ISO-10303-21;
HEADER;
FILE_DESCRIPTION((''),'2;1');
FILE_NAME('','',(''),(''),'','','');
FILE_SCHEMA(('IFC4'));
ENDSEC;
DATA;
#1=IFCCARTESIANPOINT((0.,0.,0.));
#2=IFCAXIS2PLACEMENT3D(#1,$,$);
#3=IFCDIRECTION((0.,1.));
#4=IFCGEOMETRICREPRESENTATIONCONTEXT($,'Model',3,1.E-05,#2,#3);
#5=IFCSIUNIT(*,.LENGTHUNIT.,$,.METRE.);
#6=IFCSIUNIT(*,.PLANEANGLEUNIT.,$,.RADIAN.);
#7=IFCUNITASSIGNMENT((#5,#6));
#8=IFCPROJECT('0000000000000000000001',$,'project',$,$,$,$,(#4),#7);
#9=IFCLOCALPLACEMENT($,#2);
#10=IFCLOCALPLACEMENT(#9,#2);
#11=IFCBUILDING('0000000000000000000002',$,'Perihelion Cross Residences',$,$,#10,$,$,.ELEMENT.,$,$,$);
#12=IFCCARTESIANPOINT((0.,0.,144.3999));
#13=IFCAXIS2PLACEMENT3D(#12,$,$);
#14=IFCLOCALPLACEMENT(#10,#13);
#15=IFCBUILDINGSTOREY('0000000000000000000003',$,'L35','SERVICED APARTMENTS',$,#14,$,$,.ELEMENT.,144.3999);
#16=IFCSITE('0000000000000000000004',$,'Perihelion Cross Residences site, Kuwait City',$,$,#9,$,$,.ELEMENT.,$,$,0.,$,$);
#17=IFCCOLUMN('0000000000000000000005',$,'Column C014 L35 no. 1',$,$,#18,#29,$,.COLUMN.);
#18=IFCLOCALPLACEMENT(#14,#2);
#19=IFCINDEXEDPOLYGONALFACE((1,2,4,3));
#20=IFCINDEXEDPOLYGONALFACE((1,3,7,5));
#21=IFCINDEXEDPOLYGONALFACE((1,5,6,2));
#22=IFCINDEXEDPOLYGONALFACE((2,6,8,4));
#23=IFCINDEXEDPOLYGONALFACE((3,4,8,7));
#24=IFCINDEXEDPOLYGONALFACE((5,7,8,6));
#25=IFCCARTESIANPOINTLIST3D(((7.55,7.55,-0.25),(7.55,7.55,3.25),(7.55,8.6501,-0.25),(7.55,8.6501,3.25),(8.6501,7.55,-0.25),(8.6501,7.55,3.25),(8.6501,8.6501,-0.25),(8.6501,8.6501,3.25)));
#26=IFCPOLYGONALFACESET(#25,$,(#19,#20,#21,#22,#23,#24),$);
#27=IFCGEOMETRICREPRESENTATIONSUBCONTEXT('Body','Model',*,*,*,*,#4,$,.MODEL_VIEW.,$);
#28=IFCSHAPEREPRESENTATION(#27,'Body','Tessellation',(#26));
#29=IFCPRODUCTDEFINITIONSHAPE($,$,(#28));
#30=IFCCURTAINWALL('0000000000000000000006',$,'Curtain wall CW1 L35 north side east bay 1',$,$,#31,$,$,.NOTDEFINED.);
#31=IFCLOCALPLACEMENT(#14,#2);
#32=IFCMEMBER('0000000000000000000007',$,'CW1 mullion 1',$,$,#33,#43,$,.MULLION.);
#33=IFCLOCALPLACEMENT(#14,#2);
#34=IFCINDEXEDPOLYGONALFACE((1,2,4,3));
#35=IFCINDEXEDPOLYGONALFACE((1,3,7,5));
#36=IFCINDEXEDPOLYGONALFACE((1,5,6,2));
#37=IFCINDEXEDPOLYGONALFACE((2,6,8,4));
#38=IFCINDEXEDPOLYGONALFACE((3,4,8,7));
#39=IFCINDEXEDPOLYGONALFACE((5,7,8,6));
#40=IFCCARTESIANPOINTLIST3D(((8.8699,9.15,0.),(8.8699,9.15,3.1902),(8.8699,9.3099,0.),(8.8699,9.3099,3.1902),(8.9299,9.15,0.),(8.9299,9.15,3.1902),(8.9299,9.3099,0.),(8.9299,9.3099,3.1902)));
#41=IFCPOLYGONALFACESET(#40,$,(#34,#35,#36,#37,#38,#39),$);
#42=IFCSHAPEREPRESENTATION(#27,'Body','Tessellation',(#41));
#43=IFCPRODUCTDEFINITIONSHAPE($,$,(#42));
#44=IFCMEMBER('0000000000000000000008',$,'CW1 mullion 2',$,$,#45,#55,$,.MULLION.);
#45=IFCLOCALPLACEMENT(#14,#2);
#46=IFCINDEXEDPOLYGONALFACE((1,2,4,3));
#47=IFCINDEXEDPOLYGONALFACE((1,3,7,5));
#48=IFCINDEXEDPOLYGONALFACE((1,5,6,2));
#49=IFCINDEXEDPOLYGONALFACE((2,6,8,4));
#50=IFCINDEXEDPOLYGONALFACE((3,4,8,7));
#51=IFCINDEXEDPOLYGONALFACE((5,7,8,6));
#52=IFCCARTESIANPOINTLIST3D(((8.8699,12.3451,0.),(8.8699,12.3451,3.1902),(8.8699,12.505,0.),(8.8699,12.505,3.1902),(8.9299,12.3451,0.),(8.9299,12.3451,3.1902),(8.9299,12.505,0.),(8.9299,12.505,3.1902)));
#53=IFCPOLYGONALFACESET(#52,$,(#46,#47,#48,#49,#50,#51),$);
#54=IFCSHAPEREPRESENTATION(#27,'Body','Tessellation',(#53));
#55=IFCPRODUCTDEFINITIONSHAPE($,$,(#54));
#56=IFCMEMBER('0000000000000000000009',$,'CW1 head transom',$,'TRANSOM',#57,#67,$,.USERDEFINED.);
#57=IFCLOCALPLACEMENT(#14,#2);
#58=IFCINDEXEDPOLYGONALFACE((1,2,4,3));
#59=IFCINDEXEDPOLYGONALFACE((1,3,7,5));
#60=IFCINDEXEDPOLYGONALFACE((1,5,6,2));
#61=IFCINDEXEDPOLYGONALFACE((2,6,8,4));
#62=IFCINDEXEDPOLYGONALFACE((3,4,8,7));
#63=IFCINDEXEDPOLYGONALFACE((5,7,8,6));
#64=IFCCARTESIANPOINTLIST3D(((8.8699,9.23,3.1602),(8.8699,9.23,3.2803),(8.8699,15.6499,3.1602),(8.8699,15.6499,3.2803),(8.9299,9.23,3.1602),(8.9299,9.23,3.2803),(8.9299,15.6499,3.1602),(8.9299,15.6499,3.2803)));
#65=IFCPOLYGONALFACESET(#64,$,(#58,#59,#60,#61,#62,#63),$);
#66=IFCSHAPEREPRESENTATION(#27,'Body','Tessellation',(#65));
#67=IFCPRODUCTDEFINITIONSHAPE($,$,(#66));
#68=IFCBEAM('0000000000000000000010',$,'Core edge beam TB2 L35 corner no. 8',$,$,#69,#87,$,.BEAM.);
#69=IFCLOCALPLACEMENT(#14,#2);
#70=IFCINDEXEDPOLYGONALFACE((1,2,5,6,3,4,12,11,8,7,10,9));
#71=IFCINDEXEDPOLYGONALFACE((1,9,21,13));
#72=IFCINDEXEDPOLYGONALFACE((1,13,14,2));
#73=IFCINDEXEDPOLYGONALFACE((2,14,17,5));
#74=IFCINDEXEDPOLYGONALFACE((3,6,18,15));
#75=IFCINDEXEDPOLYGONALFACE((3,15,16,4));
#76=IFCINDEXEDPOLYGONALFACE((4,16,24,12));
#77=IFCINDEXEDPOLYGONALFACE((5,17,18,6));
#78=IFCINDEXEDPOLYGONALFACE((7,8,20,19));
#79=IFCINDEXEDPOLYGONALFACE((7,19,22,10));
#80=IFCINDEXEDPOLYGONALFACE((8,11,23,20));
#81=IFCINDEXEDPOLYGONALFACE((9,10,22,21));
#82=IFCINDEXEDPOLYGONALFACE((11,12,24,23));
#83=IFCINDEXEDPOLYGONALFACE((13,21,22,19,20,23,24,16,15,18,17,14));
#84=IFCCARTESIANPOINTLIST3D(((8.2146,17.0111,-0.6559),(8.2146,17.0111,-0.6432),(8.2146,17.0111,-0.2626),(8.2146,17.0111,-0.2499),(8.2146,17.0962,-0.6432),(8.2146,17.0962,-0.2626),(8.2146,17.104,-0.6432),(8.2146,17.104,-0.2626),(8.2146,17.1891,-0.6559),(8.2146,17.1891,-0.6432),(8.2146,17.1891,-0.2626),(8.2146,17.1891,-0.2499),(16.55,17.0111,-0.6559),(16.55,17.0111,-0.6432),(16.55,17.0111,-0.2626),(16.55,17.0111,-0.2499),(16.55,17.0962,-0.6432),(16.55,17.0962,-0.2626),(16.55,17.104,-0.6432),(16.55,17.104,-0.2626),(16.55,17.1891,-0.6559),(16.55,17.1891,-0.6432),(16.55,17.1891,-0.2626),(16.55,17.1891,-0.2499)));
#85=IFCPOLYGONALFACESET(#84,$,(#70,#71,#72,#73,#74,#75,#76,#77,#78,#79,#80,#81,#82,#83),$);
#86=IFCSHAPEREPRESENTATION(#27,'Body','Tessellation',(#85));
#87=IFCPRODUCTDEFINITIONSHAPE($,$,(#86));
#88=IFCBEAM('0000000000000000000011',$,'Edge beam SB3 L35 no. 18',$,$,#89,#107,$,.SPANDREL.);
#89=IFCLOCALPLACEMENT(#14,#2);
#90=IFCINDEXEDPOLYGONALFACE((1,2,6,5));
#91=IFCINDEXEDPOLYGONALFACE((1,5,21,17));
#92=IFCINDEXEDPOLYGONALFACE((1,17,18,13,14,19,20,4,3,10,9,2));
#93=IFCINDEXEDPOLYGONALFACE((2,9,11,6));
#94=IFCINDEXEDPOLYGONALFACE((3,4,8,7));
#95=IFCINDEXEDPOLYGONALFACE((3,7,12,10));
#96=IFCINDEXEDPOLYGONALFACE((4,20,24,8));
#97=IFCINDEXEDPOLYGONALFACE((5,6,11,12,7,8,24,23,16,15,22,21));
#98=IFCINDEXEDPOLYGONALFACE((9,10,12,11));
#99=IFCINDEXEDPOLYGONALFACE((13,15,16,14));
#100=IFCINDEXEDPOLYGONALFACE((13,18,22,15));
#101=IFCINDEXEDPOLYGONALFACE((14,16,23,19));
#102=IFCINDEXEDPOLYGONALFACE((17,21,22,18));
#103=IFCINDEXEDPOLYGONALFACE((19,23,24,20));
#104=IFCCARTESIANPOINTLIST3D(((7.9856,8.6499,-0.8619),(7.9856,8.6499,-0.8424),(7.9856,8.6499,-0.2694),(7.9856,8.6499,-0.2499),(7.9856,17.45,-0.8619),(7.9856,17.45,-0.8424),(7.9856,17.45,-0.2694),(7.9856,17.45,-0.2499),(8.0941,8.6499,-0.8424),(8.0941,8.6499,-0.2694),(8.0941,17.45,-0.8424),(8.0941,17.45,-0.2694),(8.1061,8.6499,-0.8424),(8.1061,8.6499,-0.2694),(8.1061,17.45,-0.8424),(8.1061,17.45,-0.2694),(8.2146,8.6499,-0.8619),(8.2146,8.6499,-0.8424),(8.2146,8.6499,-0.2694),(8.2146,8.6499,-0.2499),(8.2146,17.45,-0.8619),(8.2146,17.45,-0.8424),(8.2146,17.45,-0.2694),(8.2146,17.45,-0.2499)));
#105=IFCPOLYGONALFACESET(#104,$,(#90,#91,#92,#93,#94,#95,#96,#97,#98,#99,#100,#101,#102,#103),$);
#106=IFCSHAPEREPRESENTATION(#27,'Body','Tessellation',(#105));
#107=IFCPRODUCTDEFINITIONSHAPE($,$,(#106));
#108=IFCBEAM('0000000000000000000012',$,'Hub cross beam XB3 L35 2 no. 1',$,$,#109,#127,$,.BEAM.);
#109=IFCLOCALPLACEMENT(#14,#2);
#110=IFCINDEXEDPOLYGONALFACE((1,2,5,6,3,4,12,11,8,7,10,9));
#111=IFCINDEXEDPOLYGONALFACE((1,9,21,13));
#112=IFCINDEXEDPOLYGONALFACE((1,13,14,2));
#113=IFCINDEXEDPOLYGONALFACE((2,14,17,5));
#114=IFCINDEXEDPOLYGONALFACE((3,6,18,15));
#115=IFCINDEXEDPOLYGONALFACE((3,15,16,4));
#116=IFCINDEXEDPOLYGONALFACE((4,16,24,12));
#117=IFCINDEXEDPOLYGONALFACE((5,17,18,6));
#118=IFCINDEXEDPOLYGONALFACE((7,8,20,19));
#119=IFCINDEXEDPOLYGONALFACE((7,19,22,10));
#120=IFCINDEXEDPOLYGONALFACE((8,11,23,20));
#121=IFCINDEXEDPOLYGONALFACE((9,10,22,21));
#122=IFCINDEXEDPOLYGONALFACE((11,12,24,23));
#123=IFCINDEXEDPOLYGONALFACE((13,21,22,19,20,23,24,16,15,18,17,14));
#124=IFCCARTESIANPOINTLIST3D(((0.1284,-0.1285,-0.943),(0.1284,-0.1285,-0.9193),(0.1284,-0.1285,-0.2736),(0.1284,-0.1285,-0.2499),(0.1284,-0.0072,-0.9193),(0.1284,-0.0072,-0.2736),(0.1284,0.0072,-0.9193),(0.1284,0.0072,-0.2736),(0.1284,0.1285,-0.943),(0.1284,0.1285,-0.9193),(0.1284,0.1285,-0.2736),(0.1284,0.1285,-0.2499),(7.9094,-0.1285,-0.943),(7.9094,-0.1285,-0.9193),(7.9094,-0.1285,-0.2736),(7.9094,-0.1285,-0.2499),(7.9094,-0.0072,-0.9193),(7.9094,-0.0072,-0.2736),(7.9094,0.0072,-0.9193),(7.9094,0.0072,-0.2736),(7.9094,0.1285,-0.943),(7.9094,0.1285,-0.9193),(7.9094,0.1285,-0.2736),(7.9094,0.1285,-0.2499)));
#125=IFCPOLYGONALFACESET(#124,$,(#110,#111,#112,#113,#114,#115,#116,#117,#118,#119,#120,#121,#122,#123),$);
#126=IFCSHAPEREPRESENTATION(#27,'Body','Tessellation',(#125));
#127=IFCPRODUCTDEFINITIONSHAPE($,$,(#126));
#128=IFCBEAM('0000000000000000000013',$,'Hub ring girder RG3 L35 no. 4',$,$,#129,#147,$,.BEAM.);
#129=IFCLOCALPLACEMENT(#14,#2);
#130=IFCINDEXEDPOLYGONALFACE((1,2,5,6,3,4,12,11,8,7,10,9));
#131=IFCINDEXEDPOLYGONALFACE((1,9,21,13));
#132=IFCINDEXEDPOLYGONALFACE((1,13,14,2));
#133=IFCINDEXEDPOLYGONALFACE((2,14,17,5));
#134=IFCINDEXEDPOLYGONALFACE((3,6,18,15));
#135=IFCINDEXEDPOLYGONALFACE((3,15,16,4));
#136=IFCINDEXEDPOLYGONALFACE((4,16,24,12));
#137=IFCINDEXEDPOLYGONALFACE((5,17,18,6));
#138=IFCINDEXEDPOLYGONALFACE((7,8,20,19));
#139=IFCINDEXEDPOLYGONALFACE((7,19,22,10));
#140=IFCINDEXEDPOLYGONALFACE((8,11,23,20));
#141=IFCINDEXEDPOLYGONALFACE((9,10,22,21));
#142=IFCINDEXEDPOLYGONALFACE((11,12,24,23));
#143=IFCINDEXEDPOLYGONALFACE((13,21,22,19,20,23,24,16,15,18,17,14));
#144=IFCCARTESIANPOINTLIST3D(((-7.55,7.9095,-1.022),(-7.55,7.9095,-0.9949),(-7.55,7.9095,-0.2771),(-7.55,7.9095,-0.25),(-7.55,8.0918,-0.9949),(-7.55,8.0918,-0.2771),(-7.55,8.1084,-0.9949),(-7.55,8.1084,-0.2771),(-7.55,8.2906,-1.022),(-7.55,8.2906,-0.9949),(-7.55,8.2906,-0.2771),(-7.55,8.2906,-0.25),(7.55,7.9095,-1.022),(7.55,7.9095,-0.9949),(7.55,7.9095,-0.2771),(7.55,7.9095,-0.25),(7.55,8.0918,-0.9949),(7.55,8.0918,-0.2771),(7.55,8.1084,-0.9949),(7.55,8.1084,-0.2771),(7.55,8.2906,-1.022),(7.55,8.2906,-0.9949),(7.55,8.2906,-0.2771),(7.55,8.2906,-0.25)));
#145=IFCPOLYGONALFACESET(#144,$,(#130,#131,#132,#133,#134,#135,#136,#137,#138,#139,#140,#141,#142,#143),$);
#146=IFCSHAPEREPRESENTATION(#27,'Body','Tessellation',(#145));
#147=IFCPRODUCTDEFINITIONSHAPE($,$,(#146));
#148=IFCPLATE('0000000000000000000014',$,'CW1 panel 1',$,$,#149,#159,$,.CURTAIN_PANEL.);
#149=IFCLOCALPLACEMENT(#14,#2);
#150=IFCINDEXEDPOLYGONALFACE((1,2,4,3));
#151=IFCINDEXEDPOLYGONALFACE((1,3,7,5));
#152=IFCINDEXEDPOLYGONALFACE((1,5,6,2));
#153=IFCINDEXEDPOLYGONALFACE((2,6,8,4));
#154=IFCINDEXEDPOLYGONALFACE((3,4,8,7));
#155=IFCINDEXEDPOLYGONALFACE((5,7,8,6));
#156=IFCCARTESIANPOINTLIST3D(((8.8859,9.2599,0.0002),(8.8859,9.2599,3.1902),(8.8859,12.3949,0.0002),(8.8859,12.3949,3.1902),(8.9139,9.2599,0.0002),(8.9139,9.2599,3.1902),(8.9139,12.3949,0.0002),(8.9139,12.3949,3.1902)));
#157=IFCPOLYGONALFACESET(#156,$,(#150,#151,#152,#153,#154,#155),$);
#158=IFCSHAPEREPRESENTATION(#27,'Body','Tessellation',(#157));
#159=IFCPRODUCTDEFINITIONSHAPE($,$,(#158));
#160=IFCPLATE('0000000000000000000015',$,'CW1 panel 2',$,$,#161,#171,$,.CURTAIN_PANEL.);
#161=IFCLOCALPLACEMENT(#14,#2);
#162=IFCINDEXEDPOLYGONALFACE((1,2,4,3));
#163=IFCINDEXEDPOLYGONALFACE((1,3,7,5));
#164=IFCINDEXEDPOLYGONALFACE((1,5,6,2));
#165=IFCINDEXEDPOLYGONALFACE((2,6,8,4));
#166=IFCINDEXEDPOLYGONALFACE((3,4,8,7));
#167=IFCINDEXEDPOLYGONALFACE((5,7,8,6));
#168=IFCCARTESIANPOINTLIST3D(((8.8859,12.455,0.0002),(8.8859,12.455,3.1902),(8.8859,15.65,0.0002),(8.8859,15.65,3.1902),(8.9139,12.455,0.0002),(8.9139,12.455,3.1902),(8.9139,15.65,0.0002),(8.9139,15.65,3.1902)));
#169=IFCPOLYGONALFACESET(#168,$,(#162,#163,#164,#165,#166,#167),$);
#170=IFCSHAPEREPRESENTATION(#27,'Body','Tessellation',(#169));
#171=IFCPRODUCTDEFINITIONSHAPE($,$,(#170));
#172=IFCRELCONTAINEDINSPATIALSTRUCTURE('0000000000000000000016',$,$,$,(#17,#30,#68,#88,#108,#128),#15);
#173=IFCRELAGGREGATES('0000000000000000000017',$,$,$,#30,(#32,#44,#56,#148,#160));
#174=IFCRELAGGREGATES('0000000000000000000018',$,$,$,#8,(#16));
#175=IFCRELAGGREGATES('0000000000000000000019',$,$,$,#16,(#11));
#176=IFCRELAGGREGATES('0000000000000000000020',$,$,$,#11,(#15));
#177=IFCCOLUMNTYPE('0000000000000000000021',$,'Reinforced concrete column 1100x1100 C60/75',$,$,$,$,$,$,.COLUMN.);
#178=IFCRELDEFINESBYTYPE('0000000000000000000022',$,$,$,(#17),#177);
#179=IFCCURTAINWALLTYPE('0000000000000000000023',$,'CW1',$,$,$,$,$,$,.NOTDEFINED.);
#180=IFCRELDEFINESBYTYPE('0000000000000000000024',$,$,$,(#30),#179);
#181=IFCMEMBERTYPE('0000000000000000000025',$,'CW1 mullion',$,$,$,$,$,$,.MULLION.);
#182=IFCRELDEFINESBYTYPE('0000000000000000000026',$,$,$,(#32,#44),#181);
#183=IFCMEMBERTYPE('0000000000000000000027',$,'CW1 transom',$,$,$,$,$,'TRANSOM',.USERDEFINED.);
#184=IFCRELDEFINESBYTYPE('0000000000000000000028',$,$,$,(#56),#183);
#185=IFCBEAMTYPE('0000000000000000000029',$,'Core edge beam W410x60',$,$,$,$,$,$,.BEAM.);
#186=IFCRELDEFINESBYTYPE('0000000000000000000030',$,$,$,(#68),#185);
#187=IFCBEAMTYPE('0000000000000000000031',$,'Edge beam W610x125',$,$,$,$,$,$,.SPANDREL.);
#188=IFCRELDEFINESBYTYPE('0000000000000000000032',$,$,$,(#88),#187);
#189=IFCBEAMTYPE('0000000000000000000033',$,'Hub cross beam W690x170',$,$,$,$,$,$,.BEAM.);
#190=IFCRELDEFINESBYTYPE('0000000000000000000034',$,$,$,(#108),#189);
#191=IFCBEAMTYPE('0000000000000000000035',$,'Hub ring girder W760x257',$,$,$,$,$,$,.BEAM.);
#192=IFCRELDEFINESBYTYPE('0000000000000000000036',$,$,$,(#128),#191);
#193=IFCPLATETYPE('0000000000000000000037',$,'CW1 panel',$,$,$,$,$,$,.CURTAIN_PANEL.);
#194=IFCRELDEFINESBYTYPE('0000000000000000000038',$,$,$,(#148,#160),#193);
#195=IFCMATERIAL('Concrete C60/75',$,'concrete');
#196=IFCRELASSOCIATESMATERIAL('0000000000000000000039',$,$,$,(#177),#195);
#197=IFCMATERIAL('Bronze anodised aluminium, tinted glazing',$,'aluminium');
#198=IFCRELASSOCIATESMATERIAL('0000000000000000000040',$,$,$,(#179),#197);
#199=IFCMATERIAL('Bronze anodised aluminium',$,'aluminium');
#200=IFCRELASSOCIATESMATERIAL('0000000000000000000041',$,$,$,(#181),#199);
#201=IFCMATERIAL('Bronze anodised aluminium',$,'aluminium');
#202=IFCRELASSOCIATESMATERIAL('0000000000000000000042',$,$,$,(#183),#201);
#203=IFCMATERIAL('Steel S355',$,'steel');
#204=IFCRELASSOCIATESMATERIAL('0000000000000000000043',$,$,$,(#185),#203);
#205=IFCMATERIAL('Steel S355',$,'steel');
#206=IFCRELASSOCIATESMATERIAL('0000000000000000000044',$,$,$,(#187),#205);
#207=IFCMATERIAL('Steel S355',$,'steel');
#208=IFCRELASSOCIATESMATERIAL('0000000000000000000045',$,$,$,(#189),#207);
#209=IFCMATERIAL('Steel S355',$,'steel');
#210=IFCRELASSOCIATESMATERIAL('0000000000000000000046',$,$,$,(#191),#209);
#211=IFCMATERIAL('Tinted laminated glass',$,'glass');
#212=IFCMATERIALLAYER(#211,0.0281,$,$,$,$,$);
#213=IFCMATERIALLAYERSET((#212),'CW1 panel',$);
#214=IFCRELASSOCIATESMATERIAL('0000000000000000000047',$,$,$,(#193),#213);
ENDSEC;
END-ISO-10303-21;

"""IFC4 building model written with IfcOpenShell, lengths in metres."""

from ifc_helpers import new_model, si_unit, direction, frame, origin, origin_2d, place, context, subcontext, project, spatial, rectangle, i_section, extrude, material, layer, layer_set, material_profile, profile_set, type_object, element, aggregate, save


model = new_model("IFC4")

# Units and contexts
model_context = context("Model", 3, precision=1e-05, world=origin(), true_north=direction((0.0, 1.0)))
body_context = subcontext(model_context, "Body", "Model", "MODEL_VIEW")
ifc_project = project(units=[si_unit("LENGTHUNIT", "METRE"), si_unit("PLANEANGLEUNIT", "RADIAN")], contexts=[model_context])

# Site, building, storey
site_placement = place(None, origin())
site = spatial("IfcSite", under=ifc_project, at=site_placement, Name="Perihelion Cross Residences site, Kuwait City", CompositionType="ELEMENT", RefElevation=0.0)
building_placement = place(site_placement, origin())
building = spatial("IfcBuilding", under=site, at=building_placement, Name="Perihelion Cross Residences", CompositionType="ELEMENT")
storey_placement = place(building_placement, frame((0.0, 0.0, 144.3999)))
storey = spatial("IfcBuildingStorey", under=building, at=storey_placement, Name="L35", Description="SERVICED APARTMENTS", CompositionType="ELEMENT", Elevation=144.3999)

# Column
ifc_material_1 = material(Name="Concrete C60/75", Category="concrete")
ifc_material_profile_1 = material_profile(ifc_material_1, rectangle(XDim=1.1001, YDim=1.1001, at=origin_2d()), Name="RC 1100x1100")
ifc_profile_set_1 = profile_set([ifc_material_profile_1], Name="Concrete C60/75")
column_type = type_object("IfcColumnType", Name="Reinforced concrete column 1100x1100 C60/75", PredefinedType="COLUMN", material=ifc_profile_set_1)
column_placement = place(storey_placement, frame((8.1001, 8.1001, -0.25), z_axis=(0.0, 0.0, 1.0), x_axis=(1.0, 0.0, 0.0)))
element("IfcColumn", 1, at=column_placement, inside=storey, type_object=column_type, Name="Column C014 L35 no. 1", PredefinedType="COLUMN", context=body_context, shape_type="SweptSolid", body=[
    extrude(rectangle(XDim=1.1001, YDim=1.1001, at=origin_2d()), origin(), (0.0, 0.0, 1.0), 3.5),
])

# Curtain wall, members
ifc_material_2 = material(Name="Bronze anodised aluminium, tinted glazing", Category="aluminium")
curtain_wall_type = type_object("IfcCurtainWallType", Name="CW1", PredefinedType="NOTDEFINED", material=ifc_material_2)
curtain_wall_placement = place(storey_placement, origin())
curtain_wall = element("IfcCurtainWall", 2, at=curtain_wall_placement, inside=storey, type_object=curtain_wall_type, Name="Curtain wall CW1 L35 north side east bay 1", PredefinedType="NOTDEFINED")
ifc_material_3 = material(Name="Bronze anodised aluminium", Category="aluminium")
ifc_material_profile_2 = material_profile(ifc_material_3, rectangle(XDim=0.0601, YDim=0.1599, at=origin_2d()), Name="CW1 mullion")
ifc_profile_set_2 = profile_set([ifc_material_profile_2], Name="Bronze anodised aluminium")
member_type_1 = type_object("IfcMemberType", Name="CW1 mullion", PredefinedType="MULLION", material=ifc_profile_set_2)
member_1_placement = place(storey_placement, frame((8.8999, 9.23, 0.0), z_axis=(0.0, 0.0, 1.0), x_axis=(-1.0, 0.0, 0.0)))
member_1 = element("IfcMember", 3, at=member_1_placement, type_object=member_type_1, Name="CW1 mullion 1", PredefinedType="MULLION", context=body_context, shape_type="SweptSolid", body=[
    extrude(rectangle(XDim=0.0601, YDim=0.1599, at=origin_2d()), origin(), (0.0, 0.0, 1.0), 3.1902),
])
member_2_placement = place(storey_placement, frame((8.8999, 12.425, 0.0), z_axis=(0.0, 0.0, 1.0), x_axis=(-1.0, 0.0, 0.0)))
member_2 = element("IfcMember", 4, at=member_2_placement, type_object=member_type_1, Name="CW1 mullion 2", PredefinedType="MULLION", context=body_context, shape_type="SweptSolid", body=[
    extrude(rectangle(XDim=0.0601, YDim=0.1599, at=origin_2d()), origin(), (0.0, 0.0, 1.0), 3.1902),
])
ifc_material_4 = material(Name="Bronze anodised aluminium", Category="aluminium")
ifc_material_profile_3 = material_profile(ifc_material_4, rectangle(XDim=0.0601, YDim=0.1201, at=origin_2d()), Name="CW1 transom")
ifc_profile_set_3 = profile_set([ifc_material_profile_3], Name="Bronze anodised aluminium")
member_type_2 = type_object("IfcMemberType", Name="CW1 transom", ElementType="TRANSOM", PredefinedType="USERDEFINED", material=ifc_profile_set_3)
member_3_placement = place(storey_placement, frame((8.8999, 9.23, 3.2202), z_axis=(0.0, 1.0, 0.0), x_axis=(-1.0, 0.0, 0.0)))
member_3 = element("IfcMember", 5, at=member_3_placement, type_object=member_type_2, Name="CW1 head transom", ObjectType="TRANSOM", PredefinedType="USERDEFINED", context=body_context, shape_type="SweptSolid", body=[
    extrude(rectangle(XDim=0.0601, YDim=0.1201, at=origin_2d()), origin(), (0.0, 0.0, 1.0), 6.4199),
])

# Beams
ifc_material_5 = material(Name="Steel S355", Category="steel")
ifc_material_profile_4 = material_profile(ifc_material_5, i_section(OverallWidth=0.178, OverallDepth=0.406, WebThickness=0.0078, FlangeThickness=0.0127, at=origin_2d()), Name="W410x60")
ifc_profile_set_4 = profile_set([ifc_material_profile_4], Name="Steel S355")
beam_type_1 = type_object("IfcBeamType", Name="Core edge beam W410x60", PredefinedType="BEAM", material=ifc_profile_set_4)
beam_1_placement = place(storey_placement, frame((8.2146, 17.1001, -0.4529), z_axis=(1.0, 0.0, 0.0), x_axis=(0.0, 1.0, 0.0)))
element("IfcBeam", 6, at=beam_1_placement, inside=storey, type_object=beam_type_1, Name="Core edge beam TB2 L35 corner no. 8", PredefinedType="BEAM", context=body_context, shape_type="SweptSolid", body=[
    extrude(i_section(OverallWidth=0.178, OverallDepth=0.406, WebThickness=0.0078, FlangeThickness=0.0127, at=origin_2d()), origin(), (0.0, 0.0, 1.0), 8.3354),
])
ifc_material_6 = material(Name="Steel S355", Category="steel")
ifc_material_profile_5 = material_profile(ifc_material_6, i_section(OverallWidth=0.229, OverallDepth=0.6121, WebThickness=0.012, FlangeThickness=0.0195, at=origin_2d()), Name="W610x125")
ifc_profile_set_5 = profile_set([ifc_material_profile_5], Name="Steel S355")
beam_type_2 = type_object("IfcBeamType", Name="Edge beam W610x125", PredefinedType="SPANDREL", material=ifc_profile_set_5)
beam_2_placement = place(storey_placement, frame((8.1001, 8.6499, -0.5559), z_axis=(0.0, 1.0, 0.0), x_axis=(-1.0, 0.0, 0.0)))
element("IfcBeam", 7, at=beam_2_placement, inside=storey, type_object=beam_type_2, Name="Edge beam SB3 L35 no. 18", PredefinedType="SPANDREL", context=body_context, shape_type="SweptSolid", body=[
    extrude(i_section(OverallWidth=0.229, OverallDepth=0.6121, WebThickness=0.012, FlangeThickness=0.0195, at=origin_2d()), origin(), (0.0, 0.0, 1.0), 8.8),
])
ifc_material_7 = material(Name="Steel S355", Category="steel")
ifc_material_profile_6 = material_profile(ifc_material_7, i_section(OverallWidth=0.2571, OverallDepth=0.6931, WebThickness=0.0144, FlangeThickness=0.0237, at=origin_2d()), Name="W690x170")
ifc_profile_set_6 = profile_set([ifc_material_profile_6], Name="Steel S355")
beam_type_3 = type_object("IfcBeamType", Name="Hub cross beam W690x170", PredefinedType="BEAM", material=ifc_profile_set_6)
beam_3_placement = place(storey_placement, frame((0.1284, 0.0, -0.5964), z_axis=(1.0, 0.0, 0.0), x_axis=(0.0, 1.0, 0.0)))
element("IfcBeam", 8, at=beam_3_placement, inside=storey, type_object=beam_type_3, Name="Hub cross beam XB3 L35 2 no. 1", PredefinedType="BEAM", context=body_context, shape_type="SweptSolid", body=[
    extrude(i_section(OverallWidth=0.2571, OverallDepth=0.6931, WebThickness=0.0144, FlangeThickness=0.0237, at=origin_2d()), origin(), (0.0, 0.0, 1.0), 7.781),
])
ifc_material_8 = material(Name="Steel S355", Category="steel")
ifc_material_profile_7 = material_profile(ifc_material_8, i_section(OverallWidth=0.3811, OverallDepth=0.772, WebThickness=0.0166, FlangeThickness=0.0271, at=origin_2d()), Name="W760x257")
ifc_profile_set_7 = profile_set([ifc_material_profile_7], Name="Steel S355")
beam_type_4 = type_object("IfcBeamType", Name="Hub ring girder W760x257", PredefinedType="BEAM", material=ifc_profile_set_7)
beam_4_placement = place(storey_placement, frame((7.55, 8.1001, -0.636), z_axis=(-1.0, 0.0, 0.0), x_axis=(0.0, -1.0, 0.0)))
element("IfcBeam", 9, at=beam_4_placement, inside=storey, type_object=beam_type_4, Name="Hub ring girder RG3 L35 no. 4", PredefinedType="BEAM", context=body_context, shape_type="SweptSolid", body=[
    extrude(i_section(OverallWidth=0.3811, OverallDepth=0.772, WebThickness=0.0166, FlangeThickness=0.0271, at=origin_2d()), origin(), (0.0, 0.0, 1.0), 15.1001),
])

# Plates
ifc_material_9 = material(Name="Tinted laminated glass", Category="glass")
ifc_layer_1 = layer(ifc_material_9, 0.0281)
ifc_layer_set_1 = layer_set([ifc_layer_1], Name="CW1 panel")
plate_type = type_object("IfcPlateType", Name="CW1 panel", PredefinedType="CURTAIN_PANEL", material=ifc_layer_set_1)
plate_1_placement = place(storey_placement, frame((8.8999, 10.8274, 0.0002), z_axis=(0.0, 0.0, 1.0), x_axis=(0.0, 1.0, 0.0)))
plate_1 = element("IfcPlate", 10, at=plate_1_placement, type_object=plate_type, Name="CW1 panel 1", PredefinedType="CURTAIN_PANEL", context=body_context, shape_type="SweptSolid", body=[
    extrude(rectangle(XDim=3.135, YDim=0.0281, at=origin_2d()), origin(), (0.0, 0.0, 1.0), 3.1899),
])
plate_2_placement = place(storey_placement, frame((8.8999, 14.0525, 0.0002), z_axis=(0.0, 0.0, 1.0), x_axis=(0.0, 1.0, 0.0)))
plate_2 = element("IfcPlate", 11, at=plate_2_placement, type_object=plate_type, Name="CW1 panel 2", PredefinedType="CURTAIN_PANEL", context=body_context, shape_type="SweptSolid", body=[
    extrude(rectangle(XDim=3.1951, YDim=0.0281, at=origin_2d()), origin(), (0.0, 0.0, 1.0), 3.1899),
])
aggregate(curtain_wall, [member_1, member_2, member_3, plate_1, plate_2])

save(model, "model.ifc")
